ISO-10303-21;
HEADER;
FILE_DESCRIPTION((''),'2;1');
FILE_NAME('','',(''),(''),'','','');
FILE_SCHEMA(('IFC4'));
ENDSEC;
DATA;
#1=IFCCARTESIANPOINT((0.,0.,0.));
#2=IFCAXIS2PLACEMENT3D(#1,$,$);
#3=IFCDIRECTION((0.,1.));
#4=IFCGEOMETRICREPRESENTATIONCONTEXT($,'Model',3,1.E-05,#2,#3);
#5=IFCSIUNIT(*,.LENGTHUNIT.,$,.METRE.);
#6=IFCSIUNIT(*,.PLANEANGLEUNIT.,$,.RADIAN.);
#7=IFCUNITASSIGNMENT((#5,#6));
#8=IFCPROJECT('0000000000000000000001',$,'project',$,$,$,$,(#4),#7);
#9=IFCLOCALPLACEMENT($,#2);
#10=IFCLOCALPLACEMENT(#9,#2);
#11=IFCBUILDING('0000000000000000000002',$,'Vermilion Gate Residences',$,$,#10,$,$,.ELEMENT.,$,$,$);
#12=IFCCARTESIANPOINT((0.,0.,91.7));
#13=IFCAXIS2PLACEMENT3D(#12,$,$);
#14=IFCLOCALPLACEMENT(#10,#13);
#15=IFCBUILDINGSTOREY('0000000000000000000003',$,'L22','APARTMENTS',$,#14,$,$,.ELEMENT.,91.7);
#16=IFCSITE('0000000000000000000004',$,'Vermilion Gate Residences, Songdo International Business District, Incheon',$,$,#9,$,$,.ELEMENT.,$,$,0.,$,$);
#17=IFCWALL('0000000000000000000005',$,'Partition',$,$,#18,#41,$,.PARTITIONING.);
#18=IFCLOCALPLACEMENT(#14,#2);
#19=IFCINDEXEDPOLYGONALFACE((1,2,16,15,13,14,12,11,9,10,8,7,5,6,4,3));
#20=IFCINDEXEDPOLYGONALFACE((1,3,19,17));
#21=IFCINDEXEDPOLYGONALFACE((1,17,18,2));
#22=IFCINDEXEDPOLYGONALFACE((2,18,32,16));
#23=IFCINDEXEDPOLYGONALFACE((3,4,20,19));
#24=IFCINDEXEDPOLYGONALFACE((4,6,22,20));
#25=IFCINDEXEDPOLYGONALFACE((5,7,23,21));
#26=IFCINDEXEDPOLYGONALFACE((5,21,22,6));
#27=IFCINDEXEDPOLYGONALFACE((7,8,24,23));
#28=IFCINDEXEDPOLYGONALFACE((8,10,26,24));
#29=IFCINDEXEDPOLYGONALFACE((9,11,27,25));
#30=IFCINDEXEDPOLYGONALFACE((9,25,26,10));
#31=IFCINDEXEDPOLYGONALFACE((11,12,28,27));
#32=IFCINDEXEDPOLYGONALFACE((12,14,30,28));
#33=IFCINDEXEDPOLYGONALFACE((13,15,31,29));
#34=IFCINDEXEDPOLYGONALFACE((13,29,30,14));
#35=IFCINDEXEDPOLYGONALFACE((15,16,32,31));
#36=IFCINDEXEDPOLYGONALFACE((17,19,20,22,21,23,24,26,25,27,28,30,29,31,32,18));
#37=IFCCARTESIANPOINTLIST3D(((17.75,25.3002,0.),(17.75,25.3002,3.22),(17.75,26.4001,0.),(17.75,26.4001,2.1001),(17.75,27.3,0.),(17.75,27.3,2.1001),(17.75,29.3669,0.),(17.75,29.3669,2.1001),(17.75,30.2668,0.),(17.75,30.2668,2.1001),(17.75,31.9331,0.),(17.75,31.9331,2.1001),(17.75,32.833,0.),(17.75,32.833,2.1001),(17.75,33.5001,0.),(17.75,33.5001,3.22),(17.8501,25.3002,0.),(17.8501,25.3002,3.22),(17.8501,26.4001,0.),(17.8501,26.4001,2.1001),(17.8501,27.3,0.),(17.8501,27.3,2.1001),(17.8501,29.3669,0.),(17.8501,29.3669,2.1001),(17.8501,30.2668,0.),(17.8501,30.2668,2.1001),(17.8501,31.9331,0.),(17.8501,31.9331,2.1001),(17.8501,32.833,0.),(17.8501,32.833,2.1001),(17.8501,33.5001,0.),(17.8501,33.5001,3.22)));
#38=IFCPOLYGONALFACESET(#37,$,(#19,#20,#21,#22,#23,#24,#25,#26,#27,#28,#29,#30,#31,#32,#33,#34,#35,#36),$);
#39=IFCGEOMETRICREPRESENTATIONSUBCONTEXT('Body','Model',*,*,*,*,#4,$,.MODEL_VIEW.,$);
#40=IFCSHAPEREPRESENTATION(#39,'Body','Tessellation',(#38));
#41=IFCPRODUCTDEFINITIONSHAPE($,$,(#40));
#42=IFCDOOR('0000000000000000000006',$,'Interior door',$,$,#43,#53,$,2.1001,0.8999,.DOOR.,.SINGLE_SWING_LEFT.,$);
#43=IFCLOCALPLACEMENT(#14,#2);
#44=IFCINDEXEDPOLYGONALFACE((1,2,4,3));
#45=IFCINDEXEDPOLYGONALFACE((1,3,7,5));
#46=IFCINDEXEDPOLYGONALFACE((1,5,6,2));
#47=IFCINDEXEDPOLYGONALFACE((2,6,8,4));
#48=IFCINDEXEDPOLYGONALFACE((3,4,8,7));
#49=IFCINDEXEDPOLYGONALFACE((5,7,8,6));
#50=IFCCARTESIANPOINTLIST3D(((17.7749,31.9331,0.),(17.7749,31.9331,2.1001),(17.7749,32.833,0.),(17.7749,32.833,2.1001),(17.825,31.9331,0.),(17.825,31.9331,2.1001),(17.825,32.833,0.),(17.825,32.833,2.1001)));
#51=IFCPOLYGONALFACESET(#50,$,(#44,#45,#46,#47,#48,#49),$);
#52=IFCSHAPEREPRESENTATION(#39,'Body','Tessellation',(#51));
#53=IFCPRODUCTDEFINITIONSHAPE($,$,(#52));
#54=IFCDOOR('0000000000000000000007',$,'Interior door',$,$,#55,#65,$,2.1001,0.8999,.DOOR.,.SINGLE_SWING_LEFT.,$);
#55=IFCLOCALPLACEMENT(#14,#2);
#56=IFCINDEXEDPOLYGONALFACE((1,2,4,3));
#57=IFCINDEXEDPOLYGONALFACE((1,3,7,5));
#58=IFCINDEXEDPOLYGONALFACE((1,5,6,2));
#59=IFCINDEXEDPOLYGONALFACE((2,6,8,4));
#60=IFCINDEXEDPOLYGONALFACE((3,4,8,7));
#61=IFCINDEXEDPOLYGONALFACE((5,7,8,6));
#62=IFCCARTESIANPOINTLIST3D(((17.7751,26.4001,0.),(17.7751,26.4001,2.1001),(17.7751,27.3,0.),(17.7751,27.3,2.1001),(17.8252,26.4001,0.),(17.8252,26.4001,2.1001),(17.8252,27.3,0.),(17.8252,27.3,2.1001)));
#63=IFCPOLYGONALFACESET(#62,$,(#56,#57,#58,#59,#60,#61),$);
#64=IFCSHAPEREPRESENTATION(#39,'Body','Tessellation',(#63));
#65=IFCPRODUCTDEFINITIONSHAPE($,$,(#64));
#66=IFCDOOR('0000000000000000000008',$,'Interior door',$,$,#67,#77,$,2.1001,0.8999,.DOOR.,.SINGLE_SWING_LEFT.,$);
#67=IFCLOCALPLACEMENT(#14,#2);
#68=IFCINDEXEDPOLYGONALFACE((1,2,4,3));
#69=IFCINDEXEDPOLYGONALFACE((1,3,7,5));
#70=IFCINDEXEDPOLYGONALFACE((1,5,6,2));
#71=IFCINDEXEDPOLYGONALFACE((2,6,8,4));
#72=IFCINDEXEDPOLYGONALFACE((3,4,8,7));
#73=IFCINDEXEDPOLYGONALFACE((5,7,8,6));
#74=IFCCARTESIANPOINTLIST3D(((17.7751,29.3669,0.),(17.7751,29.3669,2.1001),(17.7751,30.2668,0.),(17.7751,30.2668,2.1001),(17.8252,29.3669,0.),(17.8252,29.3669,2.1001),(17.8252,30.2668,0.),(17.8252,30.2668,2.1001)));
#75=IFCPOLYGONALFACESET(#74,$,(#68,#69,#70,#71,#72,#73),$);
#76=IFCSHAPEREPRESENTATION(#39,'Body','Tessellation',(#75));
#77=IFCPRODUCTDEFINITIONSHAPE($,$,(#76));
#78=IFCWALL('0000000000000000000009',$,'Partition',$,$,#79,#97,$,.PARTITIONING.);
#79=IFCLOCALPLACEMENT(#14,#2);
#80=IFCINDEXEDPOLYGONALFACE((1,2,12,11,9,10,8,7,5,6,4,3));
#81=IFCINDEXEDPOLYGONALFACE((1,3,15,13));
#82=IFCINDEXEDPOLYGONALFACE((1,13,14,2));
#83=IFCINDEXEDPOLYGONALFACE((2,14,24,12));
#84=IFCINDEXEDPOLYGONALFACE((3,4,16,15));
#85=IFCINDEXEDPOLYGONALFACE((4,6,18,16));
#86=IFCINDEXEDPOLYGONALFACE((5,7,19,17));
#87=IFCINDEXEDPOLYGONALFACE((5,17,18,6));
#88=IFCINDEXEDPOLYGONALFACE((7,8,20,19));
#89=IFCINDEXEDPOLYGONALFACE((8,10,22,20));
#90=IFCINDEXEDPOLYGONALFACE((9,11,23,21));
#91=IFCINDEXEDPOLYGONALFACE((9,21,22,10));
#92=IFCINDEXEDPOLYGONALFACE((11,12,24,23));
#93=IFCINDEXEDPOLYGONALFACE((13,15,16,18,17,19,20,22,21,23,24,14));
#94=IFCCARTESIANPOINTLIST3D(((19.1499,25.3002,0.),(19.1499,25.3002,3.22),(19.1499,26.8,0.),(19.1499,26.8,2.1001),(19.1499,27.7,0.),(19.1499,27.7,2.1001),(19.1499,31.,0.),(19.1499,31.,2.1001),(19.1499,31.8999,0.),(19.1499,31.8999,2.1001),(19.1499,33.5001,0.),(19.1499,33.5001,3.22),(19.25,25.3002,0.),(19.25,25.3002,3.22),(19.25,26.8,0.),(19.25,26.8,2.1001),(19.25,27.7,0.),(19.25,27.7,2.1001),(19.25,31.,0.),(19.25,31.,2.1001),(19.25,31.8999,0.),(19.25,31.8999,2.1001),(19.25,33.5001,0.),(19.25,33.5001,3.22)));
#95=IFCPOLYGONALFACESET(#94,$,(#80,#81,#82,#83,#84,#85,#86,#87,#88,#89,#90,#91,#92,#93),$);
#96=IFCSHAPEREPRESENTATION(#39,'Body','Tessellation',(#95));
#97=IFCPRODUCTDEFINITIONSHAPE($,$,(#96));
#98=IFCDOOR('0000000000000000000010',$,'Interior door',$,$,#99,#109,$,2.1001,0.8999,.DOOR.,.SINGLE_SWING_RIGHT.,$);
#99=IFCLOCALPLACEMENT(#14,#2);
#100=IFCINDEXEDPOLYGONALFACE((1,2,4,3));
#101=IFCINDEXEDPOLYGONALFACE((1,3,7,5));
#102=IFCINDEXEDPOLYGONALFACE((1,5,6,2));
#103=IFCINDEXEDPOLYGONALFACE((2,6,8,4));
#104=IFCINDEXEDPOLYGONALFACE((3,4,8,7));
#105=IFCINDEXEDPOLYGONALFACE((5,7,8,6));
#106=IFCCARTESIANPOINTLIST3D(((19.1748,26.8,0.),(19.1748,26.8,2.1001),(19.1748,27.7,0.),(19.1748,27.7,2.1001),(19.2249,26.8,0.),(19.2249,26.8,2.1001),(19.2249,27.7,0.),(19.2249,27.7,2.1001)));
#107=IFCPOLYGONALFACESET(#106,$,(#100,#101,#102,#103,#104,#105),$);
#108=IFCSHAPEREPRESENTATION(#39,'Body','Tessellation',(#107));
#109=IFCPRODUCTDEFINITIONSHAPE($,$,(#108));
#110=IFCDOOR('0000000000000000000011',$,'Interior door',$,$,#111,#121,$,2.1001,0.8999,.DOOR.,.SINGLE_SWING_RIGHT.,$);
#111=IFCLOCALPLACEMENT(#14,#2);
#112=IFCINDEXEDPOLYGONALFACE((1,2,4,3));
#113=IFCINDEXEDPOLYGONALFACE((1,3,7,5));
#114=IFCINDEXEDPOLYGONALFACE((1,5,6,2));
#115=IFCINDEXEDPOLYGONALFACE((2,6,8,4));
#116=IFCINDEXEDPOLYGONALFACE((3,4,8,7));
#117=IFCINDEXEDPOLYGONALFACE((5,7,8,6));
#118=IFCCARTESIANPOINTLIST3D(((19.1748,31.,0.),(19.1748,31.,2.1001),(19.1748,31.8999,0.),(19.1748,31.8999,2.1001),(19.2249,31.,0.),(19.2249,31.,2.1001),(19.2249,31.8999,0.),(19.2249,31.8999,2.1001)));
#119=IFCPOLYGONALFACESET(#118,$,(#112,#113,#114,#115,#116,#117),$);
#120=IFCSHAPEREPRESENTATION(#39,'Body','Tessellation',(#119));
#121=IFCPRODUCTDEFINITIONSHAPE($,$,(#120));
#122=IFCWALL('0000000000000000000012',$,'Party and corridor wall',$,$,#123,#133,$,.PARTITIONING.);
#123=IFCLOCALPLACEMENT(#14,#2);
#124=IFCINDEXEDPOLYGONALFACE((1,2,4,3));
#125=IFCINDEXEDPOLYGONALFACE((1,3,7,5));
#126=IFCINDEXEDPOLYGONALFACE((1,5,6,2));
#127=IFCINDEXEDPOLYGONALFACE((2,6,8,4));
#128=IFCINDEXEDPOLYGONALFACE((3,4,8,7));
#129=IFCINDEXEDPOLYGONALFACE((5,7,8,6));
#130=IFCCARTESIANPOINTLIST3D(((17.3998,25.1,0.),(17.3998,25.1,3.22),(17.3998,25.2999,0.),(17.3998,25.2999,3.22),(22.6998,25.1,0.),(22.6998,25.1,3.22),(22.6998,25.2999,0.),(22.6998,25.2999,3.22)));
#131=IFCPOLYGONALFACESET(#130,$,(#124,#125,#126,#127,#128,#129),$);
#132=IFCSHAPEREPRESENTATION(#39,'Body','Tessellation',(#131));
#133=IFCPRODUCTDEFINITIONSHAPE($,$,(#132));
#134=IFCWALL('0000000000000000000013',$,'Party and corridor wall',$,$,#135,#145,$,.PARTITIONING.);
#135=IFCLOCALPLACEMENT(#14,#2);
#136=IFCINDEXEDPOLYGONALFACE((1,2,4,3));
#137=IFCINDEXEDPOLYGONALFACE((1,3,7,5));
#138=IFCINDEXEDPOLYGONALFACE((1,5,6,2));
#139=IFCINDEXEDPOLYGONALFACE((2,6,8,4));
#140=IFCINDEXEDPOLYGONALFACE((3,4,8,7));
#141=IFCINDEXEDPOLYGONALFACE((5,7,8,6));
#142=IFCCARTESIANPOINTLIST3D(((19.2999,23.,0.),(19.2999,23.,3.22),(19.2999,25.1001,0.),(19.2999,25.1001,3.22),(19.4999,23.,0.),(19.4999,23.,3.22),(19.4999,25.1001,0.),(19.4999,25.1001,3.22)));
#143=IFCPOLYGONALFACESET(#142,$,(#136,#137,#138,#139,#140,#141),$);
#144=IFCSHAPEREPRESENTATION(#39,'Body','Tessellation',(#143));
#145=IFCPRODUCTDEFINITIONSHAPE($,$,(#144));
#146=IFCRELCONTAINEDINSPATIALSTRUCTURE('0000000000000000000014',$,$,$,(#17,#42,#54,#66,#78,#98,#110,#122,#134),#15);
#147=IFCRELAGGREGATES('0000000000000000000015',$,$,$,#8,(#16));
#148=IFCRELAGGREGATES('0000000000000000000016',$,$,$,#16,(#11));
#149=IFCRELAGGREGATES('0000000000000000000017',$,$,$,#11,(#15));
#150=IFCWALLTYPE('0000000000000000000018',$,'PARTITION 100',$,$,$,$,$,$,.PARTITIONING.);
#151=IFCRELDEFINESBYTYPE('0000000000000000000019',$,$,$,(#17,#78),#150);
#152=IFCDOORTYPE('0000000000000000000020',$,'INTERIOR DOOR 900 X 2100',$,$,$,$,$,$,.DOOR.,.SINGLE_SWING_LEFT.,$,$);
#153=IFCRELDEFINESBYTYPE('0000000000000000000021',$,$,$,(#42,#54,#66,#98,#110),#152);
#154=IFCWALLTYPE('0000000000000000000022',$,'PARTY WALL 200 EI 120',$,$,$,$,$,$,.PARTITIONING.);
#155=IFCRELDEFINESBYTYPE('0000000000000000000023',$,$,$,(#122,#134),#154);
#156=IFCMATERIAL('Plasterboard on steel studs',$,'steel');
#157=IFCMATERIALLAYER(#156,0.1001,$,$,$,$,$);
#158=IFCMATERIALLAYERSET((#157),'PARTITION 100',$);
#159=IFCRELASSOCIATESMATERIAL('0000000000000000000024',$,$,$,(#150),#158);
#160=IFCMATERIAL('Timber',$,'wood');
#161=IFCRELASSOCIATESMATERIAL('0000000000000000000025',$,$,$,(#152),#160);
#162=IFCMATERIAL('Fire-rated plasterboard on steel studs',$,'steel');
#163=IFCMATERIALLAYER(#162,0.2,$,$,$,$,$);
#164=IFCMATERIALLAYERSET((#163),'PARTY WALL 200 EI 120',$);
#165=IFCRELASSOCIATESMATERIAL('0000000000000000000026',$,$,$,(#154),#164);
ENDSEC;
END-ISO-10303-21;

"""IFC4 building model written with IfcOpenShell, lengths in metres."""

from ifc_helpers import new_model, si_unit, direction, frame, frame_2d, origin, place, context, subcontext, project, spatial, rectangle, extrude, material, layer, layer_set, type_object, element, fill, save


model = new_model("IFC4")

# Units and contexts
model_context = context("Model", 3, precision=1e-05, world=origin(), true_north=direction((0.0, 1.0)))
body_context = subcontext(model_context, "Body", "Model", "MODEL_VIEW")
ifc_project = project(units=[si_unit("LENGTHUNIT", "METRE"), si_unit("PLANEANGLEUNIT", "RADIAN")], contexts=[model_context])

# Site, building, storey
site_placement = place(None, origin())
site = spatial("IfcSite", under=ifc_project, at=site_placement, Name="Vermilion Gate Residences, Songdo International Business District, Incheon", CompositionType="ELEMENT", RefElevation=0.0)
building_placement = place(site_placement, origin())
building = spatial("IfcBuilding", under=site, at=building_placement, Name="Vermilion Gate Residences", CompositionType="ELEMENT")
storey_placement = place(building_placement, frame((0.0, 0.0, 91.7)))
storey = spatial("IfcBuildingStorey", under=building, at=storey_placement, Name="L22", Description="APARTMENTS", CompositionType="ELEMENT", Elevation=91.7)

# Walls, openings, doors
ifc_material_1 = material(Name="Plasterboard on steel studs", Category="steel")
ifc_layer_1 = layer(ifc_material_1, 0.1001)
ifc_layer_set_1 = layer_set([ifc_layer_1], Name="PARTITION 100")
wall_type_1 = type_object("IfcWallType", Name="PARTITION 100", PredefinedType="PARTITIONING", material=ifc_layer_set_1)
wall_1_placement = place(storey_placement, frame((17.8, 25.3, 0.0), z_axis=(0.0, 0.0, 1.0), x_axis=(0.0, 1.0, 0.0)))
wall_1 = element("IfcWall", 1, at=wall_1_placement, inside=storey, type_object=wall_type_1, Name="Partition", PredefinedType="PARTITIONING", context=body_context, shape_type="SweptSolid", body=[
    extrude(rectangle(XDim=8.2, YDim=0.1001, at=frame_2d((4.1001, 0.0))), origin(), (0.0, 0.0, 1.0), 3.22),
])
opening_1_placement = place(wall_1_placement, frame((6.6331, 0.0, 0.0)))
opening_1 = element("IfcOpeningElement", 2, at=opening_1_placement, cuts=wall_1, PredefinedType="OPENING", context=body_context, shape_type="SweptSolid", body=[
    extrude(rectangle(XDim=0.8999, YDim=2.1001, at=frame_2d((0.45, 1.05))), frame((0.0, 0.0601, 0.0), z_axis=(0.0, -1.0, 0.0), x_axis=(1.0, 0.0, 0.0)), (0.0, 0.0, 1.0), 0.1201),
])
opening_2_placement = place(wall_1_placement, frame((1.1001, 0.0, 0.0)))
opening_2 = element("IfcOpeningElement", 3, at=opening_2_placement, cuts=wall_1, PredefinedType="OPENING", context=body_context, shape_type="SweptSolid", body=[
    extrude(rectangle(XDim=0.8999, YDim=2.1001, at=frame_2d((0.45, 1.05))), frame((0.0, 0.0601, 0.0), z_axis=(0.0, -1.0, 0.0), x_axis=(1.0, 0.0, 0.0)), (0.0, 0.0, 1.0), 0.1201),
])
opening_3_placement = place(wall_1_placement, frame((4.0669, 0.0, 0.0)))
opening_3 = element("IfcOpeningElement", 4, at=opening_3_placement, cuts=wall_1, PredefinedType="OPENING", context=body_context, shape_type="SweptSolid", body=[
    extrude(rectangle(XDim=0.8999, YDim=2.1001, at=frame_2d((0.45, 1.05))), frame((0.0, 0.0601, 0.0), z_axis=(0.0, -1.0, 0.0), x_axis=(1.0, 0.0, 0.0)), (0.0, 0.0, 1.0), 0.1201),
])
ifc_material_2 = material(Name="Timber", Category="wood")
door_type_1 = type_object("IfcDoorType", Name="INTERIOR DOOR 900 X 2100", OperationType="SINGLE_SWING_LEFT", PredefinedType="DOOR", material=ifc_material_2)
door_1_placement = place(opening_1_placement, frame((0.8999, 0.0, 0.0), z_axis=(0.0, 0.0, 1.0), x_axis=(-1.0, 0.0, 0.0)))
door_1 = element("IfcDoor", 5, at=door_1_placement, inside=storey, type_object=door_type_1, Name="Interior door", OperationType="SINGLE_SWING_LEFT", OverallHeight=2.1001, OverallWidth=0.8999, PredefinedType="DOOR", context=body_context, shape_type="SweptSolid", body=[
    extrude(rectangle(XDim=0.8999, YDim=2.1001, at=frame_2d((0.45, 1.05))), frame((0.0, 0.0249, 0.0), z_axis=(0.0, -1.0, 0.0), x_axis=(1.0, 0.0, 0.0)), (0.0, 0.0, 1.0), 0.05),
])
fill(opening_1, door_1)
door_2_placement = place(opening_2_placement, origin())
door_2 = element("IfcDoor", 6, at=door_2_placement, inside=storey, type_object=door_type_1, Name="Interior door", OperationType="SINGLE_SWING_LEFT", OverallHeight=2.1001, OverallWidth=0.8999, PredefinedType="DOOR", context=body_context, shape_type="SweptSolid", body=[
    extrude(rectangle(XDim=0.8999, YDim=2.1001, at=frame_2d((0.45, 1.05))), frame((0.0, 0.0249, 0.0), z_axis=(0.0, -1.0, 0.0), x_axis=(1.0, 0.0, 0.0)), (0.0, 0.0, 1.0), 0.05),
])
fill(opening_2, door_2)
door_3_placement = place(opening_3_placement, origin())
door_3 = element("IfcDoor", 7, at=door_3_placement, inside=storey, type_object=door_type_1, Name="Interior door", OperationType="SINGLE_SWING_LEFT", OverallHeight=2.1001, OverallWidth=0.8999, PredefinedType="DOOR", context=body_context, shape_type="SweptSolid", body=[
    extrude(rectangle(XDim=0.8999, YDim=2.1001, at=frame_2d((0.45, 1.05))), frame((0.0, 0.0249, 0.0), z_axis=(0.0, -1.0, 0.0), x_axis=(1.0, 0.0, 0.0)), (0.0, 0.0, 1.0), 0.05),
])
fill(opening_3, door_3)
wall_2_placement = place(storey_placement, frame((19.2, 25.3, 0.0), z_axis=(0.0, 0.0, 1.0), x_axis=(0.0, 1.0, 0.0)))
wall_2 = element("IfcWall", 8, at=wall_2_placement, inside=storey, type_object=wall_type_1, Name="Partition", PredefinedType="PARTITIONING", context=body_context, shape_type="SweptSolid", body=[
    extrude(rectangle(XDim=8.2, YDim=0.1001, at=frame_2d((4.1001, 0.0))), origin(), (0.0, 0.0, 1.0), 3.22),
])
opening_4_placement = place(wall_2_placement, frame((1.5, 0.0, 0.0)))
opening_4 = element("IfcOpeningElement", 9, at=opening_4_placement, cuts=wall_2, PredefinedType="OPENING", context=body_context, shape_type="SweptSolid", body=[
    extrude(rectangle(XDim=0.8999, YDim=2.1001, at=frame_2d((0.45, 1.05))), frame((0.0, 0.0601, 0.0), z_axis=(0.0, -1.0, 0.0), x_axis=(1.0, 0.0, 0.0)), (0.0, 0.0, 1.0), 0.1201),
])
opening_5_placement = place(wall_2_placement, frame((5.7, 0.0, 0.0)))
opening_5 = element("IfcOpeningElement", 10, at=opening_5_placement, cuts=wall_2, PredefinedType="OPENING", context=body_context, shape_type="SweptSolid", body=[
    extrude(rectangle(XDim=0.8999, YDim=2.1001, at=frame_2d((0.45, 1.05))), frame((0.0, 0.0601, 0.0), z_axis=(0.0, -1.0, 0.0), x_axis=(1.0, 0.0, 0.0)), (0.0, 0.0, 1.0), 0.1201),
])
door_4_placement = place(opening_4_placement, frame((0.8999, 0.0, 0.0), z_axis=(0.0, 0.0, 1.0), x_axis=(-1.0, 0.0, 0.0)))
door_4 = element("IfcDoor", 11, at=door_4_placement, inside=storey, type_object=door_type_1, Name="Interior door", OperationType="SINGLE_SWING_RIGHT", OverallHeight=2.1001, OverallWidth=0.8999, PredefinedType="DOOR", context=body_context, shape_type="SweptSolid", body=[
    extrude(rectangle(XDim=0.8999, YDim=2.1001, at=frame_2d((0.45, 1.05))), frame((0.0, 0.0249, 0.0), z_axis=(0.0, -1.0, 0.0), x_axis=(1.0, 0.0, 0.0)), (0.0, 0.0, 1.0), 0.05),
])
fill(opening_4, door_4)
door_5_placement = place(opening_5_placement, frame((0.8999, 0.0, 0.0), z_axis=(0.0, 0.0, 1.0), x_axis=(-1.0, 0.0, 0.0)))
door_5 = element("IfcDoor", 12, at=door_5_placement, inside=storey, type_object=door_type_1, Name="Interior door", OperationType="SINGLE_SWING_RIGHT", OverallHeight=2.1001, OverallWidth=0.8999, PredefinedType="DOOR", context=body_context, shape_type="SweptSolid", body=[
    extrude(rectangle(XDim=0.8999, YDim=2.1001, at=frame_2d((0.45, 1.05))), frame((0.0, 0.0249, 0.0), z_axis=(0.0, -1.0, 0.0), x_axis=(1.0, 0.0, 0.0)), (0.0, 0.0, 1.0), 0.05),
])
fill(opening_5, door_5)

# Walls
ifc_material_3 = material(Name="Fire-rated plasterboard on steel studs", Category="steel")
ifc_layer_2 = layer(ifc_material_3, 0.2)
ifc_layer_set_2 = layer_set([ifc_layer_2], Name="PARTY WALL 200 EI 120")
wall_type_2 = type_object("IfcWallType", Name="PARTY WALL 200 EI 120", PredefinedType="PARTITIONING", material=ifc_layer_set_2)
wall_3_placement = place(storey_placement, frame((17.3999, 25.2, 0.0), z_axis=(0.0, 0.0, 1.0), x_axis=(1.0, 0.0, 0.0)))
element("IfcWall", 13, at=wall_3_placement, inside=storey, type_object=wall_type_2, Name="Party and corridor wall", PredefinedType="PARTITIONING", context=body_context, shape_type="SweptSolid", body=[
    extrude(rectangle(XDim=5.3, YDim=0.2, at=frame_2d((2.6499, 0.0))), origin(), (0.0, 0.0, 1.0), 3.22),
])
wall_4_placement = place(storey_placement, frame((19.3999, 23.0, 0.0), z_axis=(0.0, 0.0, 1.0), x_axis=(0.0, 1.0, 0.0)))
element("IfcWall", 14, at=wall_4_placement, inside=storey, type_object=wall_type_2, Name="Party and corridor wall", PredefinedType="PARTITIONING", context=body_context, shape_type="SweptSolid", body=[
    extrude(rectangle(XDim=2.1001, YDim=0.2, at=frame_2d((1.05, 0.0))), origin(), (0.0, 0.0, 1.0), 3.22),
])

save(model, "model.ifc")
